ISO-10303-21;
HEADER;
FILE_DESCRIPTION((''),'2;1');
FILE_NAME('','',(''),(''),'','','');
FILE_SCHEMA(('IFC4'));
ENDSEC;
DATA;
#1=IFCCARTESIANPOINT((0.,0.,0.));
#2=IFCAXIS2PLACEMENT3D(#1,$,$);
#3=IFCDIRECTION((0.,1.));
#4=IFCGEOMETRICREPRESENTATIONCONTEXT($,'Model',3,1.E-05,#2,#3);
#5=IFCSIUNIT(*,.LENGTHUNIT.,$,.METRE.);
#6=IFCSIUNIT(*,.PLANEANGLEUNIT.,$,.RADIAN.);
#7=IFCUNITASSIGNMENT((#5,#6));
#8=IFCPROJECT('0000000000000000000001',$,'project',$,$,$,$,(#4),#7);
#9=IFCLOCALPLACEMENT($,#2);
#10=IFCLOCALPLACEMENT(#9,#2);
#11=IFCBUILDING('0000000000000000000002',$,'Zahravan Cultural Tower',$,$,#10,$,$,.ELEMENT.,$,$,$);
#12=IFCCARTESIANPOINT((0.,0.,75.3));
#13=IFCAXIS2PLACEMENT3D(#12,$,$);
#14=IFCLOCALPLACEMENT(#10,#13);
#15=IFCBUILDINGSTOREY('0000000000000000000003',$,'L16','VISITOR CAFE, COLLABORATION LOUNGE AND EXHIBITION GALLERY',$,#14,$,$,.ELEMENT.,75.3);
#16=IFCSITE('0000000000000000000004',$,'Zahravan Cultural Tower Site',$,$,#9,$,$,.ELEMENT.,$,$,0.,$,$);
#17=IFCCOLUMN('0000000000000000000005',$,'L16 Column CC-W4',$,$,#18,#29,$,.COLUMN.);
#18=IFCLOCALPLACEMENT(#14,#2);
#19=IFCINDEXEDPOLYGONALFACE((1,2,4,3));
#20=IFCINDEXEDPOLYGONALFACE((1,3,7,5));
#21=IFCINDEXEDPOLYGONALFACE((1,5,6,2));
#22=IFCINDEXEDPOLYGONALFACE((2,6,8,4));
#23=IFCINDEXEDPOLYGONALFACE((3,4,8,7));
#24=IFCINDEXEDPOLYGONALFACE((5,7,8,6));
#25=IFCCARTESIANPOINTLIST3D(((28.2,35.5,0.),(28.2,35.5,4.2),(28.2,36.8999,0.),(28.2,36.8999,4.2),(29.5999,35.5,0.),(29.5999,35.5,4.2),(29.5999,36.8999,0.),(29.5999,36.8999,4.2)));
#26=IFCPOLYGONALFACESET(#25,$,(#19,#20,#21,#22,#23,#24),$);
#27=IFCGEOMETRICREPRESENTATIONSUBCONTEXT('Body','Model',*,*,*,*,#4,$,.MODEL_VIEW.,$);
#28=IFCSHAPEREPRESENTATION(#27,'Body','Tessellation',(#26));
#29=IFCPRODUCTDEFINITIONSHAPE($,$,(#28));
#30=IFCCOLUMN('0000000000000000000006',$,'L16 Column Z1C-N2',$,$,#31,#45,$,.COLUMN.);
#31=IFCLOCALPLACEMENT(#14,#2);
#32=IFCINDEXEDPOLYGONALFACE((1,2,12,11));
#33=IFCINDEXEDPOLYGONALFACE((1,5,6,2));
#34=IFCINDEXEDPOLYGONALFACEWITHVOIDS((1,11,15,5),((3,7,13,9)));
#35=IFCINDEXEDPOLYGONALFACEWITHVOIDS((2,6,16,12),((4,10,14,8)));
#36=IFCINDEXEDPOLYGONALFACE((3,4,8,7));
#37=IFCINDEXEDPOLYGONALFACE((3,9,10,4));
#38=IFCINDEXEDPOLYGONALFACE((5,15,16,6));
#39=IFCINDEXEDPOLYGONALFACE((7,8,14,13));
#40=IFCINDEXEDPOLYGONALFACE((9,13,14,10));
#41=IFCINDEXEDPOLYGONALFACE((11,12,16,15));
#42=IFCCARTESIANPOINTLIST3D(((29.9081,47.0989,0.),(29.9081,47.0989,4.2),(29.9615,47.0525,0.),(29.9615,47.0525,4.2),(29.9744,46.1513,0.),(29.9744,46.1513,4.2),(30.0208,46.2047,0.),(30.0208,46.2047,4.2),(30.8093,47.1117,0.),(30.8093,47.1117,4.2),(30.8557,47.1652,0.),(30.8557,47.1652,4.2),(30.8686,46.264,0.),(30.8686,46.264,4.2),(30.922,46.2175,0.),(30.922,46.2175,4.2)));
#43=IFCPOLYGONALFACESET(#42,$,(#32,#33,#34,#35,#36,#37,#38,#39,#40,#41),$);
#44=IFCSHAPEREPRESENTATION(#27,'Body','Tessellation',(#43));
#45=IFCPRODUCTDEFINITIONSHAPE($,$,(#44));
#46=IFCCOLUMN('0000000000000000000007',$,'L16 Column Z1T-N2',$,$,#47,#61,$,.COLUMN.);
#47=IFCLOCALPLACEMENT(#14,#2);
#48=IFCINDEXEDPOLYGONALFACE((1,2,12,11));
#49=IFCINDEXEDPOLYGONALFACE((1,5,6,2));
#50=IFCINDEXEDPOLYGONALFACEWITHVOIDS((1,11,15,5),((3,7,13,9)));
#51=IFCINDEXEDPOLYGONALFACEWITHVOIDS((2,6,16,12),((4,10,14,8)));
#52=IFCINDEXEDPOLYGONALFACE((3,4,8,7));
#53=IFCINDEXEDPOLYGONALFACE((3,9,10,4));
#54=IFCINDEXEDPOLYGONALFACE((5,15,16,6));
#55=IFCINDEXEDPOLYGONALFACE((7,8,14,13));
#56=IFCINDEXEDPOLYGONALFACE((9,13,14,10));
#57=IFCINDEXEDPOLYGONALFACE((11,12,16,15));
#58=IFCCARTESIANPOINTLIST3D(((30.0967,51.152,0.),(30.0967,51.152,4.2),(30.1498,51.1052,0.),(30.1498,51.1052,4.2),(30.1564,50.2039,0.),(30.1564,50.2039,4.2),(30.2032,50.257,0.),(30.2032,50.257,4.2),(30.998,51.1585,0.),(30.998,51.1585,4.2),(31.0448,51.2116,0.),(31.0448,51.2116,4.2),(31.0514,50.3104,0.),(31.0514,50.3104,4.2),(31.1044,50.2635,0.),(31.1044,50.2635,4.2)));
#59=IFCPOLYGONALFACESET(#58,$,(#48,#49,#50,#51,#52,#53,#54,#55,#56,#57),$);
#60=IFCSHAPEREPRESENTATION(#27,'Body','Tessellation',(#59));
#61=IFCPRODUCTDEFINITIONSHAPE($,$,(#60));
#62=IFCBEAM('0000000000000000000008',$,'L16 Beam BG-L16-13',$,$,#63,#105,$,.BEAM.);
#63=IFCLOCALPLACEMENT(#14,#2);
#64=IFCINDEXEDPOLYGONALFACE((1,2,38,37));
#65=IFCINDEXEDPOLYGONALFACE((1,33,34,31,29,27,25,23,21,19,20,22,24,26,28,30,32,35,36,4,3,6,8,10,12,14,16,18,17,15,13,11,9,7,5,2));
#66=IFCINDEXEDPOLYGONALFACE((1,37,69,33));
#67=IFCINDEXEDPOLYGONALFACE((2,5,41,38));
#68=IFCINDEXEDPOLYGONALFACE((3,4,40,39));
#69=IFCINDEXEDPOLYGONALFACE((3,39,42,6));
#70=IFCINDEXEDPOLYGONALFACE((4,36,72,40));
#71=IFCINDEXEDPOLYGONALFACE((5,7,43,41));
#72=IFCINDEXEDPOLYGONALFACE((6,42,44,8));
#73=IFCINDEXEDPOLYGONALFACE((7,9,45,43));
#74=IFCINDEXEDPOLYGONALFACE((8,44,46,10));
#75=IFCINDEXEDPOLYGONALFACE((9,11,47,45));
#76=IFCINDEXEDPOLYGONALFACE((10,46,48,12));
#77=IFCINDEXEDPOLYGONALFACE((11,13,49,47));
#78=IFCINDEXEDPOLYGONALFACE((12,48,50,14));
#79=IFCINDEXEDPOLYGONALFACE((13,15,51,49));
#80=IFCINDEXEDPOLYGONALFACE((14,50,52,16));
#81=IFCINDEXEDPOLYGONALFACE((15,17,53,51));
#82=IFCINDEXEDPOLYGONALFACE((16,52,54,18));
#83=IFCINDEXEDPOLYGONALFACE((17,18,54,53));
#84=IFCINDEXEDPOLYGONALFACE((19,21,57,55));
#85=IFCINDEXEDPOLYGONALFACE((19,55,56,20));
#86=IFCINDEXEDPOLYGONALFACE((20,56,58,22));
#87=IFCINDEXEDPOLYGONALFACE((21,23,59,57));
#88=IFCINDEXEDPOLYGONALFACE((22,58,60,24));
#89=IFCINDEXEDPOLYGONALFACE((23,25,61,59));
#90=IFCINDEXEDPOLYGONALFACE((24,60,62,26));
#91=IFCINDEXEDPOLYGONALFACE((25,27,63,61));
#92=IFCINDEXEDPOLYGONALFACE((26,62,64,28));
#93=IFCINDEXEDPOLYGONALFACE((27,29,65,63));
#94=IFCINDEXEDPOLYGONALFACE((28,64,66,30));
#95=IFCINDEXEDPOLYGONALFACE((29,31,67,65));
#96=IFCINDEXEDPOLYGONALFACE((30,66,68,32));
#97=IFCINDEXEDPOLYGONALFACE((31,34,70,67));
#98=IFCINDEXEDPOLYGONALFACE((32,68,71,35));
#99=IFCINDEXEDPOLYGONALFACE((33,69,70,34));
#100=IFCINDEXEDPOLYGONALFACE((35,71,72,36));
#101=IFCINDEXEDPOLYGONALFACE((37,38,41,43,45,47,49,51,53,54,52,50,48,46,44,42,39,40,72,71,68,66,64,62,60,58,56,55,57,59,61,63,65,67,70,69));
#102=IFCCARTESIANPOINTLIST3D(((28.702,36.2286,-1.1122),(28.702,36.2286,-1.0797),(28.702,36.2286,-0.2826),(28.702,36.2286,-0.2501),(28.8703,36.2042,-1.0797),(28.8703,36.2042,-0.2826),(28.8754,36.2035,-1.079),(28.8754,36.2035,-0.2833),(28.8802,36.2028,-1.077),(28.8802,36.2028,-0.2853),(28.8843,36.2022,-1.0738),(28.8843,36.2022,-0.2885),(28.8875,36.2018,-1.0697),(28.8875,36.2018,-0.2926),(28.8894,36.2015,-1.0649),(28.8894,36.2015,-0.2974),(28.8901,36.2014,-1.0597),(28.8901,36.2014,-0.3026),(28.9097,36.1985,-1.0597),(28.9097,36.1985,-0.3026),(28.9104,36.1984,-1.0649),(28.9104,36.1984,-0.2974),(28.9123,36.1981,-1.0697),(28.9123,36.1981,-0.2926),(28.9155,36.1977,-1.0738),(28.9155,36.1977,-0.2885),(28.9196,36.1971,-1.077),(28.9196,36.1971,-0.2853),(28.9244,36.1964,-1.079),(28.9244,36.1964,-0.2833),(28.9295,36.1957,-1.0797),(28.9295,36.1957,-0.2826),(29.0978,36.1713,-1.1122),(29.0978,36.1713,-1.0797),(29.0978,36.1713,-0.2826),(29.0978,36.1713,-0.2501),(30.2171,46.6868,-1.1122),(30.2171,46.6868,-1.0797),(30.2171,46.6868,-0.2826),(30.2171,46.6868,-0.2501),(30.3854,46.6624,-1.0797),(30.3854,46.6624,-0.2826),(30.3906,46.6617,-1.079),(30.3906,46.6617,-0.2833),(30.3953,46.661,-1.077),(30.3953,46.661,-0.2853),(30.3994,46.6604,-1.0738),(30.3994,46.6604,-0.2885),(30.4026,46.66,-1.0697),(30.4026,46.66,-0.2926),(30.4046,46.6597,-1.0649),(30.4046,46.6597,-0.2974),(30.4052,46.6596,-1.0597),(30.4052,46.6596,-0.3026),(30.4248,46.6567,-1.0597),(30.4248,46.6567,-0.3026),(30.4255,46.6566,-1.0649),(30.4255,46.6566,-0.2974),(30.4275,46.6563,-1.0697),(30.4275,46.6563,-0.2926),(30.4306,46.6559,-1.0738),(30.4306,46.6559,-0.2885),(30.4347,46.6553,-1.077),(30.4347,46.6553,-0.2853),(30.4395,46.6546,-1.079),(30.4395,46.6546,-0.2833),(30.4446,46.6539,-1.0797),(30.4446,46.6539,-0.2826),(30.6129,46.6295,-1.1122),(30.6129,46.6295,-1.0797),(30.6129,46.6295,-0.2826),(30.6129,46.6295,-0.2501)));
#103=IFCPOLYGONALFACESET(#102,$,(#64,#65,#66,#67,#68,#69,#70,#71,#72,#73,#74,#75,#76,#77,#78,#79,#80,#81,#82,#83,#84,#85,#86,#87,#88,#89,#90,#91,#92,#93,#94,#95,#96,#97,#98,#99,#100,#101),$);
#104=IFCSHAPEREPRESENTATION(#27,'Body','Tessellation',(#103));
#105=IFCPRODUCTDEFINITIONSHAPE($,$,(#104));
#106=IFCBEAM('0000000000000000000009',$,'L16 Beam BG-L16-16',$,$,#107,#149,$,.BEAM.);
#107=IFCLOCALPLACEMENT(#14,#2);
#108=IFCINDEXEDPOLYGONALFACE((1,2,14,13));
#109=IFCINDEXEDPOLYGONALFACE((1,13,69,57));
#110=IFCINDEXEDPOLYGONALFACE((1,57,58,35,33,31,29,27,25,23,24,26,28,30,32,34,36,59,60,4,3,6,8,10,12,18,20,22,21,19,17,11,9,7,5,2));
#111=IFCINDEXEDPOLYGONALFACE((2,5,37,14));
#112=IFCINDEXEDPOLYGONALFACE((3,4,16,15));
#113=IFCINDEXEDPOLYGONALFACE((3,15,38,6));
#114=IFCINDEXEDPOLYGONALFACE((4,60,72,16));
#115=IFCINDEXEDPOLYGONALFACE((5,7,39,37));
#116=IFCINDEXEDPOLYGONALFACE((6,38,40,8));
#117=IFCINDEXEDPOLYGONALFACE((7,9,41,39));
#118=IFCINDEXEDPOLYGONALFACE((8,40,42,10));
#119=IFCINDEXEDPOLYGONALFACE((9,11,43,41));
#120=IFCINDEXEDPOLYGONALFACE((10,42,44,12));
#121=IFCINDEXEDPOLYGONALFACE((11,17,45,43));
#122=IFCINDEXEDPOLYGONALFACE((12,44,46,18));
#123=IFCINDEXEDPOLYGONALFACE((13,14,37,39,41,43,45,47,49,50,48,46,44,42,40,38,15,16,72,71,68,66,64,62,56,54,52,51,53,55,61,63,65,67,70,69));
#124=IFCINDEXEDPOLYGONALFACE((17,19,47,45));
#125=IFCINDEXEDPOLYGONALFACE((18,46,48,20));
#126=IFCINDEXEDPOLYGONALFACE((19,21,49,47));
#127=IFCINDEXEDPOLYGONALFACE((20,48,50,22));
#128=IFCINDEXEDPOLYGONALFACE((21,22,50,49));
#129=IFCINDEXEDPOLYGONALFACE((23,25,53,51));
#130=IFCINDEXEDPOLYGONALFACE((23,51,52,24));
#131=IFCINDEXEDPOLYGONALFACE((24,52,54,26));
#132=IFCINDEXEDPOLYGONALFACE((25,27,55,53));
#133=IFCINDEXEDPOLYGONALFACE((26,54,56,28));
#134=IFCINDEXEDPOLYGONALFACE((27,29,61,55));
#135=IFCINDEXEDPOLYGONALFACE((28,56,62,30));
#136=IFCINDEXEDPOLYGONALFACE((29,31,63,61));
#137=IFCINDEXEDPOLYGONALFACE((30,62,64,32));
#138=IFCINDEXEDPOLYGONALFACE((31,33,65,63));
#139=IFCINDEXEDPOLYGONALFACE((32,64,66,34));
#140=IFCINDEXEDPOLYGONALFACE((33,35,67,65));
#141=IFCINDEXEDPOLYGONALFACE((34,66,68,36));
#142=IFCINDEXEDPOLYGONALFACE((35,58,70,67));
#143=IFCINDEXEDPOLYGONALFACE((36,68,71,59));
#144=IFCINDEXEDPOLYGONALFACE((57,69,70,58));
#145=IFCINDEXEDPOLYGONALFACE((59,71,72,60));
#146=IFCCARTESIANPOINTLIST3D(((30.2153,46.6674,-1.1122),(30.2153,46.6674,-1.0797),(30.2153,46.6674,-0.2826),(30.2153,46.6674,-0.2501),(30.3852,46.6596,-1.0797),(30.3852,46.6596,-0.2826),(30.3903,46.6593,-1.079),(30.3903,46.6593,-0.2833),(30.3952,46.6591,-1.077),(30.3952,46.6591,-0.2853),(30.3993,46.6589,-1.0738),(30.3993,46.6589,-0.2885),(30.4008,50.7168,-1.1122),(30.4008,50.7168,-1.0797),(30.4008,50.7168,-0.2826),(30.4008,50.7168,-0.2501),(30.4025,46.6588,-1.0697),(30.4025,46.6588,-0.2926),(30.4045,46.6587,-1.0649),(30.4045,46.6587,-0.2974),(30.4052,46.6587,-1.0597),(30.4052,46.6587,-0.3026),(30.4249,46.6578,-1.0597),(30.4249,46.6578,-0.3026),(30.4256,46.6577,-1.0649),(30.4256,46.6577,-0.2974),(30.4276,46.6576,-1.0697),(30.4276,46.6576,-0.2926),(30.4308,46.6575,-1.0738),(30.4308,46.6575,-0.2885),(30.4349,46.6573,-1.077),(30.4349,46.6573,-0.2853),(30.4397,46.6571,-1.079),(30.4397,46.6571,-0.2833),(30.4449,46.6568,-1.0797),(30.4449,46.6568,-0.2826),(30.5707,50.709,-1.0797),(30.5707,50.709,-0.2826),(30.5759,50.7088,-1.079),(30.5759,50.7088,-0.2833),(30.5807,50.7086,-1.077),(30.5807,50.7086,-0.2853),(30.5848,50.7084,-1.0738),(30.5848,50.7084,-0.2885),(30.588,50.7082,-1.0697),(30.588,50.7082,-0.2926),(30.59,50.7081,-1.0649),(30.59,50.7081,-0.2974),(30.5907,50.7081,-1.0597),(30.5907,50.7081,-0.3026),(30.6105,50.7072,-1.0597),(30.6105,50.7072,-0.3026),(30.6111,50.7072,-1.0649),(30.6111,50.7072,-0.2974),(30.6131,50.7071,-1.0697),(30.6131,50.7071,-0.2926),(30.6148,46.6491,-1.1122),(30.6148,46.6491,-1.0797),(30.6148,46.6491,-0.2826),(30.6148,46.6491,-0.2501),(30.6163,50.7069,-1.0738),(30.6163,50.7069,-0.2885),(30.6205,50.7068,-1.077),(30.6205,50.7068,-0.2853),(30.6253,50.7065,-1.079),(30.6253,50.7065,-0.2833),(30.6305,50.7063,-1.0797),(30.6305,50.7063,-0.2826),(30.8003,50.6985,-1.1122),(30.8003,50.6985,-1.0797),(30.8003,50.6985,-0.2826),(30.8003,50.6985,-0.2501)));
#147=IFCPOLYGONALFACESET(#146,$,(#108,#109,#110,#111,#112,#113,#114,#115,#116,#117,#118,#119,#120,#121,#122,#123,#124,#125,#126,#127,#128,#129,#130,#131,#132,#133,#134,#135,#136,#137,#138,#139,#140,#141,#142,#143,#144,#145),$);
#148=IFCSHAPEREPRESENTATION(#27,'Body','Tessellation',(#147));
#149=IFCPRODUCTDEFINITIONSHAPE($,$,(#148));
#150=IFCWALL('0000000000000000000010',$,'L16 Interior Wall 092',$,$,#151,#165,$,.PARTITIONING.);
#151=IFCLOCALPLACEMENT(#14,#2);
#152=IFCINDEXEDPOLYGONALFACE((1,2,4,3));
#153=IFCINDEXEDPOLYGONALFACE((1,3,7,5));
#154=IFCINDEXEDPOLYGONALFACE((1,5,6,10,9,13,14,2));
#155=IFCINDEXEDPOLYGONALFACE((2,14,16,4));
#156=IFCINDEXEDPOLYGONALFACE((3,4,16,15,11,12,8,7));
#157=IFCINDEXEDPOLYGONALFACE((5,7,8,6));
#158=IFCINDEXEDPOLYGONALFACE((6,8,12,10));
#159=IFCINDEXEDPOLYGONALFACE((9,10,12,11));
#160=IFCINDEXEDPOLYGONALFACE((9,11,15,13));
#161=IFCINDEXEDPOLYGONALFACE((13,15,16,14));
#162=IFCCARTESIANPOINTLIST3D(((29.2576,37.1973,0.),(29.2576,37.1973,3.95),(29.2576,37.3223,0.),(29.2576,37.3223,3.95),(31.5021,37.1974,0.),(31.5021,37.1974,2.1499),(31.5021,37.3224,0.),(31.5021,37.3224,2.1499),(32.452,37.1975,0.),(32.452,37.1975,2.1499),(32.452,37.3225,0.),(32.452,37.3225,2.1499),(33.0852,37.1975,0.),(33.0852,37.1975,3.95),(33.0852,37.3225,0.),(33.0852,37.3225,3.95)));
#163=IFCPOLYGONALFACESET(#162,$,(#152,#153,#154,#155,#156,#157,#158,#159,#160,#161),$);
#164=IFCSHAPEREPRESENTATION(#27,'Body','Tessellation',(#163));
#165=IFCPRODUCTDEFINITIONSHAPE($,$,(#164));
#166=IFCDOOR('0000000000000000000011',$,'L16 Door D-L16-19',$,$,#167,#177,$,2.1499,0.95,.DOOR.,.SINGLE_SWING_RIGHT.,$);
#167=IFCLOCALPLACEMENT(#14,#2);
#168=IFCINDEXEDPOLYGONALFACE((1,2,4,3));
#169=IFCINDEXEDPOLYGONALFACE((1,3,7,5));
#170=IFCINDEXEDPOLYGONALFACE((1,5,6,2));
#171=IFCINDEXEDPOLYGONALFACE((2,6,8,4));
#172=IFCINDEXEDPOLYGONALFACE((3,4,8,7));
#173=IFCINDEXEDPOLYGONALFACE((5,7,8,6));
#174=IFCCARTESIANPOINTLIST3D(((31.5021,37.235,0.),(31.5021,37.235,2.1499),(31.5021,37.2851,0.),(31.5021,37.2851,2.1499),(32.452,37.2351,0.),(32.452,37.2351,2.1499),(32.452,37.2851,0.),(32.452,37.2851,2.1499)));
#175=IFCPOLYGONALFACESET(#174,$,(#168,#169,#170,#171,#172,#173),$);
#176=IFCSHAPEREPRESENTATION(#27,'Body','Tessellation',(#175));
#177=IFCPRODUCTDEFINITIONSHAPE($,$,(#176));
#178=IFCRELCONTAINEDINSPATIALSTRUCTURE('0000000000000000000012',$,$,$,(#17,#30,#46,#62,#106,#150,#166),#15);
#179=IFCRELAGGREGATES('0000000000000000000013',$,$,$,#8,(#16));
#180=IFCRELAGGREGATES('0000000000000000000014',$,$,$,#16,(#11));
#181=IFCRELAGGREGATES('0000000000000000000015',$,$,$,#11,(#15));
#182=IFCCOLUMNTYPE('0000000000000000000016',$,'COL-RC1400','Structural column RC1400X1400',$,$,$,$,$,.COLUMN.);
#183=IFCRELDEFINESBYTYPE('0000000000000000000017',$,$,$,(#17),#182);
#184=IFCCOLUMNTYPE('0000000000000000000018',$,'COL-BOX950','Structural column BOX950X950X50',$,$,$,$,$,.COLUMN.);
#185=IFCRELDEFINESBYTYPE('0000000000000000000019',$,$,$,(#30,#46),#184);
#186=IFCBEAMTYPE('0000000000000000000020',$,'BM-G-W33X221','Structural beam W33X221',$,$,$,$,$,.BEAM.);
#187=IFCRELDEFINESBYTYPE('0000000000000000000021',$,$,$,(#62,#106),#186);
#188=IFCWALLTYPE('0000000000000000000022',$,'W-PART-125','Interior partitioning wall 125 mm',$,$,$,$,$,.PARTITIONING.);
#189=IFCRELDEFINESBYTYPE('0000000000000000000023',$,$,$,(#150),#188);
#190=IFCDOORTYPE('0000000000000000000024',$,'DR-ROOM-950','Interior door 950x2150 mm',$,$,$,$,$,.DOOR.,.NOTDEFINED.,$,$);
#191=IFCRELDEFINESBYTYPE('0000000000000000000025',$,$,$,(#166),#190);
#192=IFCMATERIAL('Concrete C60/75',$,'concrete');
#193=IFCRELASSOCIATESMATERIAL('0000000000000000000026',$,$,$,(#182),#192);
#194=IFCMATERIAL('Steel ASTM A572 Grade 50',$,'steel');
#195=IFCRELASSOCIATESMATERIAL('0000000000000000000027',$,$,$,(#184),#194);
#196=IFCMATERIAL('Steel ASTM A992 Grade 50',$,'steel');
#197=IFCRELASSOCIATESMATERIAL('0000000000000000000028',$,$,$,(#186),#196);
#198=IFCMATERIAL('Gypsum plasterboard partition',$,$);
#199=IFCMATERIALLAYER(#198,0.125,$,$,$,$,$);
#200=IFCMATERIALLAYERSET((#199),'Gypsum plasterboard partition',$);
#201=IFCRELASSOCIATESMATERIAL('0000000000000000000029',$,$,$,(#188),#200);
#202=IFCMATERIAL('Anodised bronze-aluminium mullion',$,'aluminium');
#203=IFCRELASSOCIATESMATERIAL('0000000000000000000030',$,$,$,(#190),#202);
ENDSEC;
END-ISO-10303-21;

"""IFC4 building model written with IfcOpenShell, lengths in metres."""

from ifc_helpers import new_model, si_unit, direction, frame, frame_2d, origin, origin_2d, place, context, subcontext, project, spatial, rectangle, hollow_rectangle, i_section, extrude, source, transform, mapped, material, layer, layer_set, material_profile, profile_set, type_object, element, fill, save


model = new_model("IFC4")

# Units and contexts
model_context = context("Model", 3, precision=1e-05, world=origin(), true_north=direction((0.0, 1.0)))
body_context = subcontext(model_context, "Body", "Model", "MODEL_VIEW")
ifc_project = project(units=[si_unit("LENGTHUNIT", "METRE"), si_unit("PLANEANGLEUNIT", "RADIAN")], contexts=[model_context])

# Site, building, storey
site_placement = place(None, origin())
site = spatial("IfcSite", under=ifc_project, at=site_placement, Name="Zahravan Cultural Tower Site", CompositionType="ELEMENT", RefElevation=0.0)
building_placement = place(site_placement, origin())
building = spatial("IfcBuilding", under=site, at=building_placement, Name="Zahravan Cultural Tower", CompositionType="ELEMENT")
storey_placement = place(building_placement, frame((0.0, 0.0, 75.3)))
storey = spatial("IfcBuildingStorey", under=building, at=storey_placement, Name="L16", Description="VISITOR CAFE, COLLABORATION LOUNGE AND EXHIBITION GALLERY", CompositionType="ELEMENT", Elevation=75.3)

# Columns
ifc_material_1 = material(Name="Concrete C60/75", Category="concrete")
ifc_material_profile_1 = material_profile(ifc_material_1, rectangle(XDim=1.3999, YDim=1.3999, at=origin_2d()), Name="RC1400X1400")
ifc_profile_set_1 = profile_set([ifc_material_profile_1], Name="Concrete C60/75")
column_type_1 = type_object("IfcColumnType", Name="COL-RC1400", Description="Structural column RC1400X1400", PredefinedType="COLUMN", material=ifc_profile_set_1)
shared_shape_1 = source(origin(), body_context, "Body", "SweptSolid", [
    extrude(rectangle(XDim=1.3999, YDim=1.3999, at=origin_2d()), origin(), (0.0, 0.0, 1.0), 4.2),
])
column_placement = place(storey_placement, frame((28.8999, 36.2, 0.0), z_axis=(0.0, 0.0, 1.0), x_axis=(1.0, 0.0, 0.0)))
element("IfcColumn", 1, at=column_placement, inside=storey, type_object=column_type_1, Name="L16 Column CC-W4", PredefinedType="COLUMN", context=body_context, shape_type="MappedRepresentation", body=[
    mapped(shared_shape_1, transform((0.0, 0.0, 0.0), x_axis=(1.0, 0.0, 0.0), y_axis=(0.0, 1.0, 0.0), z_axis=(0.0, 0.0, 1.0), scale=1.0)),
])
ifc_material_2 = material(Name="Steel ASTM A572 Grade 50", Category="steel")
ifc_material_profile_2 = material_profile(ifc_material_2, hollow_rectangle(XDim=0.95, YDim=0.95, WallThickness=0.05, at=origin_2d()), Name="BOX950X950X50")
ifc_profile_set_2 = profile_set([ifc_material_profile_2], Name="Steel ASTM A572 Grade 50")
column_type_2 = type_object("IfcColumnType", Name="COL-BOX950", Description="Structural column BOX950X950X50", PredefinedType="COLUMN", material=ifc_profile_set_2)
shared_shape_2 = source(origin(), body_context, "Body", "SweptSolid", [
    extrude(hollow_rectangle(XDim=0.95, YDim=0.95, WallThickness=0.05, at=origin_2d()), origin(), (0.0, 0.0, 1.0), 4.2),
])
for number, where, z_axis, x_axis, name in (
    (2, (30.415, 46.6582, 0.0), (0.0, 0.0, 1.0), (-0.069756, 0.997564, 0.0), "L16 Column Z1C-N2"),
    (3, (30.6006, 50.7078, 0.0), (0.0, 0.0, 1.0), (-0.062791, 0.998027, 0.0), "L16 Column Z1T-N2"),
):
    element("IfcColumn", number, at=place(storey_placement, frame(where, z_axis=z_axis, x_axis=x_axis)), inside=storey, type_object=column_type_2, Name=name, PredefinedType="COLUMN", context=body_context, shape_type="MappedRepresentation", body=[
        mapped(shared_shape_2, transform((0.0, 0.0, 0.0), x_axis=(1.0, 0.0, 0.0), y_axis=(0.0, 1.0, 0.0), z_axis=(0.0, 0.0, 1.0), scale=1.0)),
    ])

# Beams
ifc_material_3 = material(Name="Steel ASTM A992 Grade 50", Category="steel")
ifc_material_profile_3 = material_profile(ifc_material_3, i_section(OverallWidth=0.3999, OverallDepth=0.8621, WebThickness=0.0198, FlangeThickness=0.0325, FilletRadius=0.02, at=origin_2d()), Name="W33X221")
ifc_profile_set_3 = profile_set([ifc_material_profile_3], Name="Steel ASTM A992 Grade 50")
beam_type = type_object("IfcBeamType", Name="BM-G-W33X221", Description="Structural beam W33X221", PredefinedType="BEAM", material=ifc_profile_set_3)
shared_shape_3 = source(origin(), body_context, "Body", "SweptSolid", [
    extrude(i_section(OverallWidth=0.3999, OverallDepth=0.8621, WebThickness=0.0198, FlangeThickness=0.0325, FilletRadius=0.02, at=origin_2d()), origin(), (0.0, 0.0, 1.0), 10.5674),
])
beam_1_placement = place(storey_placement, frame((28.8999, 36.2, -0.6812), z_axis=(0.143378, 0.989668, 0.0), x_axis=(-0.989668, 0.143378, 0.0)))
element("IfcBeam", 4, at=beam_1_placement, inside=storey, type_object=beam_type, Name="L16 Beam BG-L16-13", PredefinedType="BEAM", context=body_context, shape_type="MappedRepresentation", body=[
    mapped(shared_shape_3, transform((0.0, 0.0, 0.0), x_axis=(1.0, 0.0, 0.0), y_axis=(0.0, 1.0, 0.0), z_axis=(0.0, 0.0, 1.0), scale=1.0)),
])
shared_shape_4 = source(origin(), body_context, "Body", "SweptSolid", [
    extrude(i_section(OverallWidth=0.3999, OverallDepth=0.8621, WebThickness=0.0198, FlangeThickness=0.0325, FilletRadius=0.02, at=origin_2d()), origin(), (0.0, 0.0, 1.0), 4.0537),
])
beam_2_placement = place(storey_placement, frame((30.415, 46.6582, -0.6812), z_axis=(0.045771, 0.998952, 0.0), x_axis=(-0.998952, 0.045771, 0.0)))
element("IfcBeam", 5, at=beam_2_placement, inside=storey, type_object=beam_type, Name="L16 Beam BG-L16-16", PredefinedType="BEAM", context=body_context, shape_type="MappedRepresentation", body=[
    mapped(shared_shape_4, transform((0.0, 0.0, 0.0), x_axis=(1.0, 0.0, 0.0), y_axis=(0.0, 1.0, 0.0), z_axis=(0.0, 0.0, 1.0), scale=1.0)),
])

# Wall, opening, door
ifc_material_4 = material(Name="Gypsum plasterboard partition")
ifc_layer_1 = layer(ifc_material_4, 0.125)
ifc_layer_set_1 = layer_set([ifc_layer_1], Name="Gypsum plasterboard partition")
wall_type_1 = type_object("IfcWallType", Name="W-PART-125", Description="Interior partitioning wall 125 mm", PredefinedType="PARTITIONING", material=ifc_layer_set_1)
wall_1_placement = place(storey_placement, frame((33.0852, 37.26, 0.0), z_axis=(0.0, 0.0, 1.0), x_axis=(-1.0, -0.000064, 0.0)))
wall_1 = element("IfcWall", 6, at=wall_1_placement, inside=storey, type_object=wall_type_1, Name="L16 Interior Wall 092", PredefinedType="PARTITIONING", context=body_context, shape_type="SweptSolid", body=[
    extrude(rectangle(XDim=3.8276, YDim=0.125, at=frame_2d((1.9138, 0.0))), origin(), (0.0, 0.0, 1.0), 3.95),
])
opening_placement = place(wall_1_placement, frame((0.6331, 0.0, 0.0)))
opening = element("IfcOpeningElement", 7, at=opening_placement, cuts=wall_1, PredefinedType="OPENING", context=body_context, shape_type="SweptSolid", body=[
    extrude(rectangle(XDim=0.95, YDim=2.1499, at=frame_2d((0.4751, 1.075))), frame((0.0, 0.0725, 0.0), z_axis=(0.0, -1.0, 0.0), x_axis=(1.0, 0.0, 0.0)), (0.0, 0.0, 1.0), 0.145),
])
ifc_material_5 = material(Name="Anodised bronze-aluminium mullion", Category="aluminium")
door_type = type_object("IfcDoorType", Name="DR-ROOM-950", Description="Interior door 950x2150 mm", OperationType="NOTDEFINED", PredefinedType="DOOR", material=ifc_material_5)
shared_shape_5 = source(origin(), body_context, "Body", "SweptSolid", [
    extrude(rectangle(XDim=0.95, YDim=2.1499, at=frame_2d((0.4751, 1.075))), frame((0.0, 0.0249, 0.0), z_axis=(0.0, -1.0, 0.0), x_axis=(1.0, 0.0, 0.0)), (0.0, 0.0, 1.0), 0.05),
])
door_placement = place(opening_placement, origin())
door = element("IfcDoor", 8, at=door_placement, inside=storey, type_object=door_type, Name="L16 Door D-L16-19", OperationType="SINGLE_SWING_RIGHT", OverallHeight=2.1499, OverallWidth=0.95, PredefinedType="DOOR", context=body_context, shape_type="MappedRepresentation", body=[
    mapped(shared_shape_5, transform((0.0, 0.0, 0.0), x_axis=(1.0, 0.0, 0.0), y_axis=(0.0, 1.0, 0.0), z_axis=(0.0, 0.0, 1.0), scale=1.0)),
])
fill(opening, door)

save(model, "model.ifc")
